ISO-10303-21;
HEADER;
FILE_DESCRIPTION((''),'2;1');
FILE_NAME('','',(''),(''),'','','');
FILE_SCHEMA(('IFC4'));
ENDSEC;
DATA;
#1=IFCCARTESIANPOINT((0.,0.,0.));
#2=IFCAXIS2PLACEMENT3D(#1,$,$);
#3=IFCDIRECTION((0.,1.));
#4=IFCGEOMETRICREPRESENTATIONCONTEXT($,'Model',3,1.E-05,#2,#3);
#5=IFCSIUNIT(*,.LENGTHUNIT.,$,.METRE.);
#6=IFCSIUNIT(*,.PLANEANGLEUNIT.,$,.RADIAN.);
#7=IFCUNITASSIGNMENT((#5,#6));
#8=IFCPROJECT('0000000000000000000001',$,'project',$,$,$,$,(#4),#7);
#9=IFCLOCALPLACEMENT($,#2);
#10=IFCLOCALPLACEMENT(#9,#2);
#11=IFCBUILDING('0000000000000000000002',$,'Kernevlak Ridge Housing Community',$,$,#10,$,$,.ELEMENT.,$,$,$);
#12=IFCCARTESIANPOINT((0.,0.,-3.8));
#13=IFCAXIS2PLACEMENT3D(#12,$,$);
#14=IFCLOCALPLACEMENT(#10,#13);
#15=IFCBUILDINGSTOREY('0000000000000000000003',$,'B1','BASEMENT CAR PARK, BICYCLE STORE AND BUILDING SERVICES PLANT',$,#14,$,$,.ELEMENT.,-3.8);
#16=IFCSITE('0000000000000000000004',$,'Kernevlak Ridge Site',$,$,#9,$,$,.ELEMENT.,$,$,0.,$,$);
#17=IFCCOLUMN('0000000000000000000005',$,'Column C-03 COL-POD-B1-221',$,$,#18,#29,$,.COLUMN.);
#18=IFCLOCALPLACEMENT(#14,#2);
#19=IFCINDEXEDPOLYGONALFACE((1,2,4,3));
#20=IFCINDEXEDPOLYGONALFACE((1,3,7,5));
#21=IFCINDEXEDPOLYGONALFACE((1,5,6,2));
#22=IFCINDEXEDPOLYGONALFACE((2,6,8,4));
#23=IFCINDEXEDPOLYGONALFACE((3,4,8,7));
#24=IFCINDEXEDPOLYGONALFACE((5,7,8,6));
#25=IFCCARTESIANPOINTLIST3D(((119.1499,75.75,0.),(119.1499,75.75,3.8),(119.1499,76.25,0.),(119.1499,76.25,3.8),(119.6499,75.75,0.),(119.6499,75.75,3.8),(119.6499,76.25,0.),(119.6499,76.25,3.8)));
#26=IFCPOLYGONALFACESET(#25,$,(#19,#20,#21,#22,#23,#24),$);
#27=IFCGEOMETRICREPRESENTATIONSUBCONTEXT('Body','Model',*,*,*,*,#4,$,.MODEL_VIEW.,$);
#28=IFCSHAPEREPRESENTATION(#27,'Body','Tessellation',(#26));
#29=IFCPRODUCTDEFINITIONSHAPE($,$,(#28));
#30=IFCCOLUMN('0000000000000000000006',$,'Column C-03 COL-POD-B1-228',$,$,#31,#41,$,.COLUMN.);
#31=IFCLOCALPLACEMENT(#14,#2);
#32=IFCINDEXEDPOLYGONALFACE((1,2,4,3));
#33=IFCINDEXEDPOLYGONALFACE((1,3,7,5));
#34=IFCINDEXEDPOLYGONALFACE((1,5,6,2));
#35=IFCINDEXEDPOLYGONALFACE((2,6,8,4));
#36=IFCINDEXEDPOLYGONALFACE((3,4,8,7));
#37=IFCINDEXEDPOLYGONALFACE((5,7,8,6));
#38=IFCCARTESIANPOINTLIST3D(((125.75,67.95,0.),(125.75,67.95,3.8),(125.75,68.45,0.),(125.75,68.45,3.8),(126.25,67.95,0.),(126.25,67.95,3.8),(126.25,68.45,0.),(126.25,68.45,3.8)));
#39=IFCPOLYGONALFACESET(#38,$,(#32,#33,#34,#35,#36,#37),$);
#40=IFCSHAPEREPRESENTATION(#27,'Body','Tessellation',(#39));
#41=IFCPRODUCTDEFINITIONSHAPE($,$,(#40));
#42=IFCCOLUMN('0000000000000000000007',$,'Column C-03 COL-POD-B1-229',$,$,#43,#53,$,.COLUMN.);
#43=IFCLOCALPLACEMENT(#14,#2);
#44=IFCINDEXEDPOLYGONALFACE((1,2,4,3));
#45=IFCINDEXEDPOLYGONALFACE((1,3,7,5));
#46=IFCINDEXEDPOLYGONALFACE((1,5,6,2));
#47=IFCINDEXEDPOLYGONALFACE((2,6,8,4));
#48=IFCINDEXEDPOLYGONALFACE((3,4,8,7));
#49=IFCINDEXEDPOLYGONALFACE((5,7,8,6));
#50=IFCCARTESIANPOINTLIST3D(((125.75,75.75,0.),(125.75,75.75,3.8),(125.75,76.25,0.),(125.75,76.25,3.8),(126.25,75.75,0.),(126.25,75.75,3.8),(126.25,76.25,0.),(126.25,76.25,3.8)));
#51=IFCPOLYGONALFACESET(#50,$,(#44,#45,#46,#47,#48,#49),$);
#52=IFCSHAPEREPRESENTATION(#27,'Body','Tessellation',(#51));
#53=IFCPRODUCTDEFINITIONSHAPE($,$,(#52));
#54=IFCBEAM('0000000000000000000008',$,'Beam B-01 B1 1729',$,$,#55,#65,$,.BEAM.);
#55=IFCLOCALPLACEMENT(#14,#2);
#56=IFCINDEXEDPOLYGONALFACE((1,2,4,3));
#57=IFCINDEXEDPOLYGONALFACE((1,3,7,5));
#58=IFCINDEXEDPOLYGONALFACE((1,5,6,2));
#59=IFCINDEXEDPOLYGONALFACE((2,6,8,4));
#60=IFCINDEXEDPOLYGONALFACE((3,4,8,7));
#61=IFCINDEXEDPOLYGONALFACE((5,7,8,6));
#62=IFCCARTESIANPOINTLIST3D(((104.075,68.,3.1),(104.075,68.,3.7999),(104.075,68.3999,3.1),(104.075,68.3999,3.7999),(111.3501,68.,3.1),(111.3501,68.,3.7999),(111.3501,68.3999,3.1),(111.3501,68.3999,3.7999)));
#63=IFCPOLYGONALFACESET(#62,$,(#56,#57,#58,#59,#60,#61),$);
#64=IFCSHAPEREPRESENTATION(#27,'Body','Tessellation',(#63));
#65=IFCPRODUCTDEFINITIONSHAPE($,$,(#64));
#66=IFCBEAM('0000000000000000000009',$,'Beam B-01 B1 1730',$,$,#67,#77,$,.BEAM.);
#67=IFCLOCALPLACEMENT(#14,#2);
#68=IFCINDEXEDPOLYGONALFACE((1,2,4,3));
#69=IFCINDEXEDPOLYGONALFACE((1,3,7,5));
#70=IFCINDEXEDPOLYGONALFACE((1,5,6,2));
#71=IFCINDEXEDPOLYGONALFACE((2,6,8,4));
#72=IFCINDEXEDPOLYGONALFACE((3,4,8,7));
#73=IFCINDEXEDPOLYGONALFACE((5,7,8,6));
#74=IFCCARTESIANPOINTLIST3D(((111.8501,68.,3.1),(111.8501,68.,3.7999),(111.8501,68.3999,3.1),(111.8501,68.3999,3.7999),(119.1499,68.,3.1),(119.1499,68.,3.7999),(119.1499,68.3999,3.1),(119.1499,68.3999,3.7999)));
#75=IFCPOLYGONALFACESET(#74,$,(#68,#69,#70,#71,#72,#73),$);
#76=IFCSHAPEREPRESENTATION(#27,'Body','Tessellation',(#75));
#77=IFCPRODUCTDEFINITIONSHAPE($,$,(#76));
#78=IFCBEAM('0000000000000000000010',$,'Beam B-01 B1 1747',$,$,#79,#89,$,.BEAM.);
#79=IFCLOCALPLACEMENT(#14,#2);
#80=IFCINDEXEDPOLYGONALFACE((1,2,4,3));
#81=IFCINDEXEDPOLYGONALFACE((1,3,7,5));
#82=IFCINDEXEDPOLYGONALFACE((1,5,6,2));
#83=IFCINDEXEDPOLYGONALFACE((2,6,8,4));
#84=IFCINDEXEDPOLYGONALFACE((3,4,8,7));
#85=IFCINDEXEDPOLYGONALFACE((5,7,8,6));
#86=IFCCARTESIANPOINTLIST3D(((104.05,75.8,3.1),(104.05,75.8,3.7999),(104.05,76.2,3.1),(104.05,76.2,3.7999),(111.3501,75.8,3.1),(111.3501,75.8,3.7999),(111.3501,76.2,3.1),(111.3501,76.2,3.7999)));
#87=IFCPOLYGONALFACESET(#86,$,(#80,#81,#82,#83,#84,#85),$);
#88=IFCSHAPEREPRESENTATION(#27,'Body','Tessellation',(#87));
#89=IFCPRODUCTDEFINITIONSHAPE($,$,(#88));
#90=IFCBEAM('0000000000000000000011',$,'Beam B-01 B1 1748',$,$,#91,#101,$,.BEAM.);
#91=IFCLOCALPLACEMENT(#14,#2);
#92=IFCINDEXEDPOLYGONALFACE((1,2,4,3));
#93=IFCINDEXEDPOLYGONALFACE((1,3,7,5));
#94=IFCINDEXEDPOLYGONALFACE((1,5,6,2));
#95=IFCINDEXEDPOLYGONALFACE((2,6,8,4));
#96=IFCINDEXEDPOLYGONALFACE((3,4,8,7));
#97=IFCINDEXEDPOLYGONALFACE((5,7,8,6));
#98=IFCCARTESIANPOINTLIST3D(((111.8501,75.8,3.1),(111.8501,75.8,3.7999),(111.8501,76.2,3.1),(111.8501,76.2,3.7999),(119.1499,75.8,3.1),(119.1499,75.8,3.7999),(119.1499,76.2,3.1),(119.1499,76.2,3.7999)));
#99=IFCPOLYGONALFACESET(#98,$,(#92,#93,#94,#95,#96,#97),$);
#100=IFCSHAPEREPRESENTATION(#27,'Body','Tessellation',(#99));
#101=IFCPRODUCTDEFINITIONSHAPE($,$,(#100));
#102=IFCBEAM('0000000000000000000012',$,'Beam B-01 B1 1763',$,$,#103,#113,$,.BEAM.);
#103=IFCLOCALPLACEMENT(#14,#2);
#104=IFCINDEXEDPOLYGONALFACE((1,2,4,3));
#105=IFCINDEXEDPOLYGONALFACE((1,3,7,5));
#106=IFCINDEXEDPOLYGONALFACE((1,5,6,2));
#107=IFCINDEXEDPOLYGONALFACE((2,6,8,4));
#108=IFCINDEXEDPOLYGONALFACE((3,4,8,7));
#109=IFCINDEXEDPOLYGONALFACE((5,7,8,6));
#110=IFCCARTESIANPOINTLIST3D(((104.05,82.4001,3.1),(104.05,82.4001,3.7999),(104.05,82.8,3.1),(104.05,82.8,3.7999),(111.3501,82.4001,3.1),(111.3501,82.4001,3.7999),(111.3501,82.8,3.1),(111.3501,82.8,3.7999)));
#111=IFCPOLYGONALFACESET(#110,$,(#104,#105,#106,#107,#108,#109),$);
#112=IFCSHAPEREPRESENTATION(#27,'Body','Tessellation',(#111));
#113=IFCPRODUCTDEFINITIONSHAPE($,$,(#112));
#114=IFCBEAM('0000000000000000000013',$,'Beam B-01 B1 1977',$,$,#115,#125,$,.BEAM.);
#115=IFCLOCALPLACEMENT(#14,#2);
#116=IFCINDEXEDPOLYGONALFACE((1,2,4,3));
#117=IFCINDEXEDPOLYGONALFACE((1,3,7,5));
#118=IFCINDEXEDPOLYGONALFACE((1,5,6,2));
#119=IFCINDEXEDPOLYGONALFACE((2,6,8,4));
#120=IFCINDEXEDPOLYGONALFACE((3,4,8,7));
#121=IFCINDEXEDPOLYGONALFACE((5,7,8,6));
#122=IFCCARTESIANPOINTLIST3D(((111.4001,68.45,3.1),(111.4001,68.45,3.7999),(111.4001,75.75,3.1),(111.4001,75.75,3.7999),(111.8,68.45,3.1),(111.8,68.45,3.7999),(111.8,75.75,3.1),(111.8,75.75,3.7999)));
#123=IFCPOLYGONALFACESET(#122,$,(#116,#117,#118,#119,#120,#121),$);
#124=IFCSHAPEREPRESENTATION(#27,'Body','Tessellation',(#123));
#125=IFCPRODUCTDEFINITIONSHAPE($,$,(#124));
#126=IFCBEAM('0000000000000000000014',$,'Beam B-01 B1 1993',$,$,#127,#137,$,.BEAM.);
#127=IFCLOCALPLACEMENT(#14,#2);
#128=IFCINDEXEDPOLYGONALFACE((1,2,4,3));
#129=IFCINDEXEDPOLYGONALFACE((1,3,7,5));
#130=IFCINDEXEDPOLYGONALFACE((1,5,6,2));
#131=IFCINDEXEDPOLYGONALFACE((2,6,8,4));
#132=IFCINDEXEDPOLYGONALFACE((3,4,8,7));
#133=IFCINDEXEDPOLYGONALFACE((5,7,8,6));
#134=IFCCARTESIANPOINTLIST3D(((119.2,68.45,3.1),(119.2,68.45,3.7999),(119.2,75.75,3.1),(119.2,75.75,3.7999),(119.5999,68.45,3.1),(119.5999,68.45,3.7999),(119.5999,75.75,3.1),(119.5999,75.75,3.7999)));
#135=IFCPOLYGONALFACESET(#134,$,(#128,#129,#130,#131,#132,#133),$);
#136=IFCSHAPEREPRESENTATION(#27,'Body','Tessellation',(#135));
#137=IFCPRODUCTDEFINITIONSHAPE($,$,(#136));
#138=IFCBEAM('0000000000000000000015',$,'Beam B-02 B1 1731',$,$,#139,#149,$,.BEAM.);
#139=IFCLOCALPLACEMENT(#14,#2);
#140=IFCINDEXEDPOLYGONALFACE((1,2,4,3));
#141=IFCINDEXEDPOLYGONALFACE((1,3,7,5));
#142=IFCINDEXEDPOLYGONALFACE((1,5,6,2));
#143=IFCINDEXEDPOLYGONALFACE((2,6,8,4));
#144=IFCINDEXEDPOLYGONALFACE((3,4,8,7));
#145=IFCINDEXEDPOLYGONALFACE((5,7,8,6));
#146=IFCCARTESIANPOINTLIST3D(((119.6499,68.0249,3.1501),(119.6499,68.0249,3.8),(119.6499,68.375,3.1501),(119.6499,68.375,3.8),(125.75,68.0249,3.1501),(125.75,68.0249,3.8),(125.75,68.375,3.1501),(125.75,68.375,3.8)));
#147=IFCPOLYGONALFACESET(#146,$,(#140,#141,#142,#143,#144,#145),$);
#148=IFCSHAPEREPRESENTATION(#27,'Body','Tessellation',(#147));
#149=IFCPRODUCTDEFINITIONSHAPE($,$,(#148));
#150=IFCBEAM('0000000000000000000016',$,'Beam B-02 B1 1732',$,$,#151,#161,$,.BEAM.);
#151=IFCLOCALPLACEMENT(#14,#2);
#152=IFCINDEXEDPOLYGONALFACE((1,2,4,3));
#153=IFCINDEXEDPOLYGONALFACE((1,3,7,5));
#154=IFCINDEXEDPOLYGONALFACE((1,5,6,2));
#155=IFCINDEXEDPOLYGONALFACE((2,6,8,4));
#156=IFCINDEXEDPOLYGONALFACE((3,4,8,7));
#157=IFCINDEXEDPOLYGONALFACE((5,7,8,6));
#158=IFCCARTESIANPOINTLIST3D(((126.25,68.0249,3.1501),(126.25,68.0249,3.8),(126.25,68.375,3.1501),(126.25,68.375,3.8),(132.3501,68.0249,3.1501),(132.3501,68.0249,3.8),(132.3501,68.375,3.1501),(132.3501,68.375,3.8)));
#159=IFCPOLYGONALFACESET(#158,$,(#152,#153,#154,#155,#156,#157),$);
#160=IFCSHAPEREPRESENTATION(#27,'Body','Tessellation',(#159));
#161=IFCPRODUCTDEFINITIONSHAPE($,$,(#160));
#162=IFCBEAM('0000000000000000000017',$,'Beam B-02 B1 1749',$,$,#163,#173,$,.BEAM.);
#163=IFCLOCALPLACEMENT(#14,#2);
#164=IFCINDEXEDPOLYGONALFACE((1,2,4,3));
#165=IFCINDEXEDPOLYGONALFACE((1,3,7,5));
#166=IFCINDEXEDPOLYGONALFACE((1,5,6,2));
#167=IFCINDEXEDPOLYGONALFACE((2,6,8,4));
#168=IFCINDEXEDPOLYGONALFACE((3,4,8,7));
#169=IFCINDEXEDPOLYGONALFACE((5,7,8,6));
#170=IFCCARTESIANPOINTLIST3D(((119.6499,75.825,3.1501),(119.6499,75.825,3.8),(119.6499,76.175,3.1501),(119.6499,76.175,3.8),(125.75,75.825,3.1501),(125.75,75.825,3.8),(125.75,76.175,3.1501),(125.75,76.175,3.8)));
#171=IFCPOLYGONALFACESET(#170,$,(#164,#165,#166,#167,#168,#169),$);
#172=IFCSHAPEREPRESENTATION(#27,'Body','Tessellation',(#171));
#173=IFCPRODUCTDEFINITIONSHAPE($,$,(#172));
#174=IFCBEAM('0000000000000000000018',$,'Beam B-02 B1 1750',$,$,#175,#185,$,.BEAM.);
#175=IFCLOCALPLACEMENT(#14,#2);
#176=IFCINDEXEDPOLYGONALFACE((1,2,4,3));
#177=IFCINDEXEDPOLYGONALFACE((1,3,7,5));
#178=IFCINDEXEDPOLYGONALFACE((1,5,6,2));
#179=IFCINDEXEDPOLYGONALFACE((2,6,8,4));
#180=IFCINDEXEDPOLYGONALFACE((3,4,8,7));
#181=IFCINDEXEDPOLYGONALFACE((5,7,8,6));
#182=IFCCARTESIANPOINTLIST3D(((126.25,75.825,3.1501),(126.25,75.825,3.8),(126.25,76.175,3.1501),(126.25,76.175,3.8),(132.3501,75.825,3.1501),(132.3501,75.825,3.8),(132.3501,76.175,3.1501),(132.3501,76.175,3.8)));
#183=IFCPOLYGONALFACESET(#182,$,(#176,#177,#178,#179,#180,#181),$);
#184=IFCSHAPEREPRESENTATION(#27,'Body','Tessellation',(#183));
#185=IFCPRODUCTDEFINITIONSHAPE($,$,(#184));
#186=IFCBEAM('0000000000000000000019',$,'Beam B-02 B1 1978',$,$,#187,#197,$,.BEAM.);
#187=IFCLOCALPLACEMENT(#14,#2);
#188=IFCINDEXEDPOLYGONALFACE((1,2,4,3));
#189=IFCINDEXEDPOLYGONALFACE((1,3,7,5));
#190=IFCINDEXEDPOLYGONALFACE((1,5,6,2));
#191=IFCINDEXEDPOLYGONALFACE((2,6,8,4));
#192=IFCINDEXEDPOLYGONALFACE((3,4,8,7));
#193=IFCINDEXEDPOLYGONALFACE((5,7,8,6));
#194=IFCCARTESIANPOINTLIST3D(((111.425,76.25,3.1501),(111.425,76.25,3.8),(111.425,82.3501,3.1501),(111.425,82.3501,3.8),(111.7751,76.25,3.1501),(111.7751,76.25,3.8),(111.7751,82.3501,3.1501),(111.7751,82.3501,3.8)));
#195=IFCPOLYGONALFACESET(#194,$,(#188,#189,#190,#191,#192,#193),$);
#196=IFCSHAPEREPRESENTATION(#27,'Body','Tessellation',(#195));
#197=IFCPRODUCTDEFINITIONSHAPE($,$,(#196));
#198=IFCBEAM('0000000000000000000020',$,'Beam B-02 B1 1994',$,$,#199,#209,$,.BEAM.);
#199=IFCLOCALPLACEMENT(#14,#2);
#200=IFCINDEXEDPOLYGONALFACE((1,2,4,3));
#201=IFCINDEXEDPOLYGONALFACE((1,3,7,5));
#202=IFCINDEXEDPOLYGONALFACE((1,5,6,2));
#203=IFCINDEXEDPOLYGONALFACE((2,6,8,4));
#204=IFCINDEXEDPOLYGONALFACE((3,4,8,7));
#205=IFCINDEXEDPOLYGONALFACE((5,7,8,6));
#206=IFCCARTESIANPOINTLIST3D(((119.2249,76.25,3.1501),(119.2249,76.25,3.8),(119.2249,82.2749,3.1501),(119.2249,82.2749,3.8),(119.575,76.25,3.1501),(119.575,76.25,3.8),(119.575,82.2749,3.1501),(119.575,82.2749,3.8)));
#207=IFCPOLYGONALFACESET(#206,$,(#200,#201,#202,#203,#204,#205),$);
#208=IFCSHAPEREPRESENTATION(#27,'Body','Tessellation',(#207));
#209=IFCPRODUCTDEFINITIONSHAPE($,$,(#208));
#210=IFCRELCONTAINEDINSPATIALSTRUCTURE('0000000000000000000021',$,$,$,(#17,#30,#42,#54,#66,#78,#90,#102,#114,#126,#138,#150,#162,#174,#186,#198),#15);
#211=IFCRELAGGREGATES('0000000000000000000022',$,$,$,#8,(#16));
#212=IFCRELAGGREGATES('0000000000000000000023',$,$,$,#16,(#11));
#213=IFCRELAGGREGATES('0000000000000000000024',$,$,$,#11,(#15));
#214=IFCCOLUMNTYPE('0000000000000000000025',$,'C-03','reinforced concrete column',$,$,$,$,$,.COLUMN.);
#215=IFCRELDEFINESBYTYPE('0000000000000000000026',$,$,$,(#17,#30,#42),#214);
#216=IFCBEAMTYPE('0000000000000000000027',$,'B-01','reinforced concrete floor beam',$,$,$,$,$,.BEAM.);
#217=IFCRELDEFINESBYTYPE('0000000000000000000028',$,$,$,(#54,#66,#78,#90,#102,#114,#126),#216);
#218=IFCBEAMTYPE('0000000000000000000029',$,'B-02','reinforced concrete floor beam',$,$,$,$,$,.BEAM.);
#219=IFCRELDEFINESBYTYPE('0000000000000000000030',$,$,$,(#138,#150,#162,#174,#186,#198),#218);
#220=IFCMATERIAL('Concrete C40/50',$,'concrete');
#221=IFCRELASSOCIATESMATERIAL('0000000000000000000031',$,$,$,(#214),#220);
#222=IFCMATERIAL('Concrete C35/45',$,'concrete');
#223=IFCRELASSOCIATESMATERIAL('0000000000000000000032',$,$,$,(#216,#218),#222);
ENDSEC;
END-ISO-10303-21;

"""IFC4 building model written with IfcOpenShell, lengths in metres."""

from ifc_helpers import new_model, si_unit, direction, frame, origin, origin_2d, place, context, subcontext, project, spatial, rectangle, extrude, material, material_profile, profile_set, type_object, element, save


model = new_model("IFC4")

# Units and contexts
model_context = context("Model", 3, precision=1e-05, world=origin(), true_north=direction((0.0, 1.0)))
body_context = subcontext(model_context, "Body", "Model", "MODEL_VIEW")
ifc_project = project(units=[si_unit("LENGTHUNIT", "METRE"), si_unit("PLANEANGLEUNIT", "RADIAN")], contexts=[model_context])

# Site, building, storey
site_placement = place(None, origin())
site = spatial("IfcSite", under=ifc_project, at=site_placement, Name="Kernevlak Ridge Site", CompositionType="ELEMENT", RefElevation=0.0)
building_placement = place(site_placement, origin())
building = spatial("IfcBuilding", under=site, at=building_placement, Name="Kernevlak Ridge Housing Community", CompositionType="ELEMENT")
storey_placement = place(building_placement, frame((0.0, 0.0, -3.8)))
storey = spatial("IfcBuildingStorey", under=building, at=storey_placement, Name="B1", Description="BASEMENT CAR PARK, BICYCLE STORE AND BUILDING SERVICES PLANT", CompositionType="ELEMENT", Elevation=-3.8)

# Shared definitions
ifc_material_1 = material(Name="Concrete C35/45", Category="concrete")

# Columns
ifc_material_2 = material(Name="Concrete C40/50", Category="concrete")
ifc_material_profile_1 = material_profile(ifc_material_2, rectangle(XDim=0.5, YDim=0.5, at=origin_2d()), Name="RC 500x500")
ifc_profile_set_1 = profile_set([ifc_material_profile_1], Name="Concrete C40/50")
column_type = type_object("IfcColumnType", Name="C-03", Description="reinforced concrete column", PredefinedType="COLUMN", material=ifc_profile_set_1)
for number, where, z_axis, x_axis, name in (
    (1, (119.3999, 76.0, 0.0), (0.0, 0.0, 1.0), (1.0, 0.0, 0.0), "Column C-03 COL-POD-B1-221"),
    (2, (126.0, 68.2, 0.0), (0.0, 0.0, 1.0), (1.0, 0.0, 0.0), "Column C-03 COL-POD-B1-228"),
    (3, (126.0, 76.0, 0.0), (0.0, 0.0, 1.0), (1.0, 0.0, 0.0), "Column C-03 COL-POD-B1-229"),
):
    element("IfcColumn", number, at=place(storey_placement, frame(where, z_axis=z_axis, x_axis=x_axis)), inside=storey, type_object=column_type, Name=name, PredefinedType="COLUMN", context=body_context, shape_type="SweptSolid", body=[
        extrude(rectangle(XDim=0.5, YDim=0.5, at=origin_2d()), origin(), (0.0, 0.0, 1.0), 3.8),
    ])

# Beams
ifc_material_profile_2 = material_profile(ifc_material_1, rectangle(XDim=0.3999, YDim=0.7, at=origin_2d()), Name="RC 400x700")
ifc_profile_set_2 = profile_set([ifc_material_profile_2], Name="Concrete C35/45")
beam_type_1 = type_object("IfcBeamType", Name="B-01", Description="reinforced concrete floor beam", PredefinedType="BEAM", material=ifc_profile_set_2)
beam_1_placement = place(storey_placement, frame((104.075, 68.2, 3.45), z_axis=(1.0, 0.0, 0.0), x_axis=(0.0, 1.0, 0.0)))
element("IfcBeam", 4, at=beam_1_placement, inside=storey, type_object=beam_type_1, Name="Beam B-01 B1 1729", PredefinedType="BEAM", context=body_context, shape_type="SweptSolid", body=[
    extrude(rectangle(XDim=0.3999, YDim=0.7, at=origin_2d()), origin(), (0.0, 0.0, 1.0), 7.2751),
])
beam_2_placement = place(storey_placement, frame((111.8501, 68.2, 3.45), z_axis=(1.0, 0.0, 0.0), x_axis=(0.0, 1.0, 0.0)))
element("IfcBeam", 5, at=beam_2_placement, inside=storey, type_object=beam_type_1, Name="Beam B-01 B1 1730", PredefinedType="BEAM", context=body_context, shape_type="SweptSolid", body=[
    extrude(rectangle(XDim=0.3999, YDim=0.7, at=origin_2d()), origin(), (0.0, 0.0, 1.0), 7.2998),
])
beam_3_placement = place(storey_placement, frame((104.05, 76.0, 3.45), z_axis=(1.0, 0.0, 0.0), x_axis=(0.0, 1.0, 0.0)))
element("IfcBeam", 6, at=beam_3_placement, inside=storey, type_object=beam_type_1, Name="Beam B-01 B1 1747", PredefinedType="BEAM", context=body_context, shape_type="SweptSolid", body=[
    extrude(rectangle(XDim=0.3999, YDim=0.7, at=origin_2d()), origin(), (0.0, 0.0, 1.0), 7.3),
])
beam_4_placement = place(storey_placement, frame((111.8501, 76.0, 3.45), z_axis=(1.0, 0.0, 0.0), x_axis=(0.0, 1.0, 0.0)))
element("IfcBeam", 7, at=beam_4_placement, inside=storey, type_object=beam_type_1, Name="Beam B-01 B1 1748", PredefinedType="BEAM", context=body_context, shape_type="SweptSolid", body=[
    extrude(rectangle(XDim=0.3999, YDim=0.7, at=origin_2d()), origin(), (0.0, 0.0, 1.0), 7.2998),
])
for number, where, z_axis, x_axis, name in (
    (8, (104.05, 82.6001, 3.45), (1.0, 0.0, 0.0), (0.0, 1.0, 0.0), "Beam B-01 B1 1763"),
    (9, (111.6001, 68.45, 3.45), (0.0, 1.0, 0.0), (-1.0, 0.0, 0.0), "Beam B-01 B1 1977"),
    (10, (119.3999, 68.45, 3.45), (0.0, 1.0, 0.0), (-1.0, 0.0, 0.0), "Beam B-01 B1 1993"),
):
    element("IfcBeam", number, at=place(storey_placement, frame(where, z_axis=z_axis, x_axis=x_axis)), inside=storey, type_object=beam_type_1, Name=name, PredefinedType="BEAM", context=body_context, shape_type="SweptSolid", body=[
        extrude(rectangle(XDim=0.3999, YDim=0.7, at=origin_2d()), origin(), (0.0, 0.0, 1.0), 7.3),
    ])
ifc_material_profile_3 = material_profile(ifc_material_1, rectangle(XDim=0.3501, YDim=0.6499, at=origin_2d()), Name="RC 350x650")
ifc_profile_set_3 = profile_set([ifc_material_profile_3], Name="Concrete C35/45")
beam_type_2 = type_object("IfcBeamType", Name="B-02", Description="reinforced concrete floor beam", PredefinedType="BEAM", material=ifc_profile_set_3)
for number, where, z_axis, x_axis, name in (
    (11, (119.6499, 68.2, 3.4751), (1.0, 0.0, 0.0), (0.0, 1.0, 0.0), "Beam B-02 B1 1731"),
    (12, (126.25, 68.2, 3.4751), (1.0, 0.0, 0.0), (0.0, 1.0, 0.0), "Beam B-02 B1 1732"),
    (13, (119.6499, 76.0, 3.4751), (1.0, 0.0, 0.0), (0.0, 1.0, 0.0), "Beam B-02 B1 1749"),
    (14, (126.25, 76.0, 3.4751), (1.0, 0.0, 0.0), (0.0, 1.0, 0.0), "Beam B-02 B1 1750"),
    (15, (111.6001, 76.25, 3.4751), (0.0, 1.0, 0.0), (-1.0, 0.0, 0.0), "Beam B-02 B1 1978"),
):
    element("IfcBeam", number, at=place(storey_placement, frame(where, z_axis=z_axis, x_axis=x_axis)), inside=storey, type_object=beam_type_2, Name=name, PredefinedType="BEAM", context=body_context, shape_type="SweptSolid", body=[
        extrude(rectangle(XDim=0.3501, YDim=0.6499, at=origin_2d()), origin(), (0.0, 0.0, 1.0), 6.1001),
    ])
beam_5_placement = place(storey_placement, frame((119.3999, 76.25, 3.4751), z_axis=(0.0, 1.0, 0.0), x_axis=(-1.0, 0.0, 0.0)))
element("IfcBeam", 16, at=beam_5_placement, inside=storey, type_object=beam_type_2, Name="Beam B-02 B1 1994", PredefinedType="BEAM", context=body_context, shape_type="SweptSolid", body=[
    extrude(rectangle(XDim=0.3501, YDim=0.6499, at=origin_2d()), origin(), (0.0, 0.0, 1.0), 6.0249),
])

save(model, "model.ifc")
